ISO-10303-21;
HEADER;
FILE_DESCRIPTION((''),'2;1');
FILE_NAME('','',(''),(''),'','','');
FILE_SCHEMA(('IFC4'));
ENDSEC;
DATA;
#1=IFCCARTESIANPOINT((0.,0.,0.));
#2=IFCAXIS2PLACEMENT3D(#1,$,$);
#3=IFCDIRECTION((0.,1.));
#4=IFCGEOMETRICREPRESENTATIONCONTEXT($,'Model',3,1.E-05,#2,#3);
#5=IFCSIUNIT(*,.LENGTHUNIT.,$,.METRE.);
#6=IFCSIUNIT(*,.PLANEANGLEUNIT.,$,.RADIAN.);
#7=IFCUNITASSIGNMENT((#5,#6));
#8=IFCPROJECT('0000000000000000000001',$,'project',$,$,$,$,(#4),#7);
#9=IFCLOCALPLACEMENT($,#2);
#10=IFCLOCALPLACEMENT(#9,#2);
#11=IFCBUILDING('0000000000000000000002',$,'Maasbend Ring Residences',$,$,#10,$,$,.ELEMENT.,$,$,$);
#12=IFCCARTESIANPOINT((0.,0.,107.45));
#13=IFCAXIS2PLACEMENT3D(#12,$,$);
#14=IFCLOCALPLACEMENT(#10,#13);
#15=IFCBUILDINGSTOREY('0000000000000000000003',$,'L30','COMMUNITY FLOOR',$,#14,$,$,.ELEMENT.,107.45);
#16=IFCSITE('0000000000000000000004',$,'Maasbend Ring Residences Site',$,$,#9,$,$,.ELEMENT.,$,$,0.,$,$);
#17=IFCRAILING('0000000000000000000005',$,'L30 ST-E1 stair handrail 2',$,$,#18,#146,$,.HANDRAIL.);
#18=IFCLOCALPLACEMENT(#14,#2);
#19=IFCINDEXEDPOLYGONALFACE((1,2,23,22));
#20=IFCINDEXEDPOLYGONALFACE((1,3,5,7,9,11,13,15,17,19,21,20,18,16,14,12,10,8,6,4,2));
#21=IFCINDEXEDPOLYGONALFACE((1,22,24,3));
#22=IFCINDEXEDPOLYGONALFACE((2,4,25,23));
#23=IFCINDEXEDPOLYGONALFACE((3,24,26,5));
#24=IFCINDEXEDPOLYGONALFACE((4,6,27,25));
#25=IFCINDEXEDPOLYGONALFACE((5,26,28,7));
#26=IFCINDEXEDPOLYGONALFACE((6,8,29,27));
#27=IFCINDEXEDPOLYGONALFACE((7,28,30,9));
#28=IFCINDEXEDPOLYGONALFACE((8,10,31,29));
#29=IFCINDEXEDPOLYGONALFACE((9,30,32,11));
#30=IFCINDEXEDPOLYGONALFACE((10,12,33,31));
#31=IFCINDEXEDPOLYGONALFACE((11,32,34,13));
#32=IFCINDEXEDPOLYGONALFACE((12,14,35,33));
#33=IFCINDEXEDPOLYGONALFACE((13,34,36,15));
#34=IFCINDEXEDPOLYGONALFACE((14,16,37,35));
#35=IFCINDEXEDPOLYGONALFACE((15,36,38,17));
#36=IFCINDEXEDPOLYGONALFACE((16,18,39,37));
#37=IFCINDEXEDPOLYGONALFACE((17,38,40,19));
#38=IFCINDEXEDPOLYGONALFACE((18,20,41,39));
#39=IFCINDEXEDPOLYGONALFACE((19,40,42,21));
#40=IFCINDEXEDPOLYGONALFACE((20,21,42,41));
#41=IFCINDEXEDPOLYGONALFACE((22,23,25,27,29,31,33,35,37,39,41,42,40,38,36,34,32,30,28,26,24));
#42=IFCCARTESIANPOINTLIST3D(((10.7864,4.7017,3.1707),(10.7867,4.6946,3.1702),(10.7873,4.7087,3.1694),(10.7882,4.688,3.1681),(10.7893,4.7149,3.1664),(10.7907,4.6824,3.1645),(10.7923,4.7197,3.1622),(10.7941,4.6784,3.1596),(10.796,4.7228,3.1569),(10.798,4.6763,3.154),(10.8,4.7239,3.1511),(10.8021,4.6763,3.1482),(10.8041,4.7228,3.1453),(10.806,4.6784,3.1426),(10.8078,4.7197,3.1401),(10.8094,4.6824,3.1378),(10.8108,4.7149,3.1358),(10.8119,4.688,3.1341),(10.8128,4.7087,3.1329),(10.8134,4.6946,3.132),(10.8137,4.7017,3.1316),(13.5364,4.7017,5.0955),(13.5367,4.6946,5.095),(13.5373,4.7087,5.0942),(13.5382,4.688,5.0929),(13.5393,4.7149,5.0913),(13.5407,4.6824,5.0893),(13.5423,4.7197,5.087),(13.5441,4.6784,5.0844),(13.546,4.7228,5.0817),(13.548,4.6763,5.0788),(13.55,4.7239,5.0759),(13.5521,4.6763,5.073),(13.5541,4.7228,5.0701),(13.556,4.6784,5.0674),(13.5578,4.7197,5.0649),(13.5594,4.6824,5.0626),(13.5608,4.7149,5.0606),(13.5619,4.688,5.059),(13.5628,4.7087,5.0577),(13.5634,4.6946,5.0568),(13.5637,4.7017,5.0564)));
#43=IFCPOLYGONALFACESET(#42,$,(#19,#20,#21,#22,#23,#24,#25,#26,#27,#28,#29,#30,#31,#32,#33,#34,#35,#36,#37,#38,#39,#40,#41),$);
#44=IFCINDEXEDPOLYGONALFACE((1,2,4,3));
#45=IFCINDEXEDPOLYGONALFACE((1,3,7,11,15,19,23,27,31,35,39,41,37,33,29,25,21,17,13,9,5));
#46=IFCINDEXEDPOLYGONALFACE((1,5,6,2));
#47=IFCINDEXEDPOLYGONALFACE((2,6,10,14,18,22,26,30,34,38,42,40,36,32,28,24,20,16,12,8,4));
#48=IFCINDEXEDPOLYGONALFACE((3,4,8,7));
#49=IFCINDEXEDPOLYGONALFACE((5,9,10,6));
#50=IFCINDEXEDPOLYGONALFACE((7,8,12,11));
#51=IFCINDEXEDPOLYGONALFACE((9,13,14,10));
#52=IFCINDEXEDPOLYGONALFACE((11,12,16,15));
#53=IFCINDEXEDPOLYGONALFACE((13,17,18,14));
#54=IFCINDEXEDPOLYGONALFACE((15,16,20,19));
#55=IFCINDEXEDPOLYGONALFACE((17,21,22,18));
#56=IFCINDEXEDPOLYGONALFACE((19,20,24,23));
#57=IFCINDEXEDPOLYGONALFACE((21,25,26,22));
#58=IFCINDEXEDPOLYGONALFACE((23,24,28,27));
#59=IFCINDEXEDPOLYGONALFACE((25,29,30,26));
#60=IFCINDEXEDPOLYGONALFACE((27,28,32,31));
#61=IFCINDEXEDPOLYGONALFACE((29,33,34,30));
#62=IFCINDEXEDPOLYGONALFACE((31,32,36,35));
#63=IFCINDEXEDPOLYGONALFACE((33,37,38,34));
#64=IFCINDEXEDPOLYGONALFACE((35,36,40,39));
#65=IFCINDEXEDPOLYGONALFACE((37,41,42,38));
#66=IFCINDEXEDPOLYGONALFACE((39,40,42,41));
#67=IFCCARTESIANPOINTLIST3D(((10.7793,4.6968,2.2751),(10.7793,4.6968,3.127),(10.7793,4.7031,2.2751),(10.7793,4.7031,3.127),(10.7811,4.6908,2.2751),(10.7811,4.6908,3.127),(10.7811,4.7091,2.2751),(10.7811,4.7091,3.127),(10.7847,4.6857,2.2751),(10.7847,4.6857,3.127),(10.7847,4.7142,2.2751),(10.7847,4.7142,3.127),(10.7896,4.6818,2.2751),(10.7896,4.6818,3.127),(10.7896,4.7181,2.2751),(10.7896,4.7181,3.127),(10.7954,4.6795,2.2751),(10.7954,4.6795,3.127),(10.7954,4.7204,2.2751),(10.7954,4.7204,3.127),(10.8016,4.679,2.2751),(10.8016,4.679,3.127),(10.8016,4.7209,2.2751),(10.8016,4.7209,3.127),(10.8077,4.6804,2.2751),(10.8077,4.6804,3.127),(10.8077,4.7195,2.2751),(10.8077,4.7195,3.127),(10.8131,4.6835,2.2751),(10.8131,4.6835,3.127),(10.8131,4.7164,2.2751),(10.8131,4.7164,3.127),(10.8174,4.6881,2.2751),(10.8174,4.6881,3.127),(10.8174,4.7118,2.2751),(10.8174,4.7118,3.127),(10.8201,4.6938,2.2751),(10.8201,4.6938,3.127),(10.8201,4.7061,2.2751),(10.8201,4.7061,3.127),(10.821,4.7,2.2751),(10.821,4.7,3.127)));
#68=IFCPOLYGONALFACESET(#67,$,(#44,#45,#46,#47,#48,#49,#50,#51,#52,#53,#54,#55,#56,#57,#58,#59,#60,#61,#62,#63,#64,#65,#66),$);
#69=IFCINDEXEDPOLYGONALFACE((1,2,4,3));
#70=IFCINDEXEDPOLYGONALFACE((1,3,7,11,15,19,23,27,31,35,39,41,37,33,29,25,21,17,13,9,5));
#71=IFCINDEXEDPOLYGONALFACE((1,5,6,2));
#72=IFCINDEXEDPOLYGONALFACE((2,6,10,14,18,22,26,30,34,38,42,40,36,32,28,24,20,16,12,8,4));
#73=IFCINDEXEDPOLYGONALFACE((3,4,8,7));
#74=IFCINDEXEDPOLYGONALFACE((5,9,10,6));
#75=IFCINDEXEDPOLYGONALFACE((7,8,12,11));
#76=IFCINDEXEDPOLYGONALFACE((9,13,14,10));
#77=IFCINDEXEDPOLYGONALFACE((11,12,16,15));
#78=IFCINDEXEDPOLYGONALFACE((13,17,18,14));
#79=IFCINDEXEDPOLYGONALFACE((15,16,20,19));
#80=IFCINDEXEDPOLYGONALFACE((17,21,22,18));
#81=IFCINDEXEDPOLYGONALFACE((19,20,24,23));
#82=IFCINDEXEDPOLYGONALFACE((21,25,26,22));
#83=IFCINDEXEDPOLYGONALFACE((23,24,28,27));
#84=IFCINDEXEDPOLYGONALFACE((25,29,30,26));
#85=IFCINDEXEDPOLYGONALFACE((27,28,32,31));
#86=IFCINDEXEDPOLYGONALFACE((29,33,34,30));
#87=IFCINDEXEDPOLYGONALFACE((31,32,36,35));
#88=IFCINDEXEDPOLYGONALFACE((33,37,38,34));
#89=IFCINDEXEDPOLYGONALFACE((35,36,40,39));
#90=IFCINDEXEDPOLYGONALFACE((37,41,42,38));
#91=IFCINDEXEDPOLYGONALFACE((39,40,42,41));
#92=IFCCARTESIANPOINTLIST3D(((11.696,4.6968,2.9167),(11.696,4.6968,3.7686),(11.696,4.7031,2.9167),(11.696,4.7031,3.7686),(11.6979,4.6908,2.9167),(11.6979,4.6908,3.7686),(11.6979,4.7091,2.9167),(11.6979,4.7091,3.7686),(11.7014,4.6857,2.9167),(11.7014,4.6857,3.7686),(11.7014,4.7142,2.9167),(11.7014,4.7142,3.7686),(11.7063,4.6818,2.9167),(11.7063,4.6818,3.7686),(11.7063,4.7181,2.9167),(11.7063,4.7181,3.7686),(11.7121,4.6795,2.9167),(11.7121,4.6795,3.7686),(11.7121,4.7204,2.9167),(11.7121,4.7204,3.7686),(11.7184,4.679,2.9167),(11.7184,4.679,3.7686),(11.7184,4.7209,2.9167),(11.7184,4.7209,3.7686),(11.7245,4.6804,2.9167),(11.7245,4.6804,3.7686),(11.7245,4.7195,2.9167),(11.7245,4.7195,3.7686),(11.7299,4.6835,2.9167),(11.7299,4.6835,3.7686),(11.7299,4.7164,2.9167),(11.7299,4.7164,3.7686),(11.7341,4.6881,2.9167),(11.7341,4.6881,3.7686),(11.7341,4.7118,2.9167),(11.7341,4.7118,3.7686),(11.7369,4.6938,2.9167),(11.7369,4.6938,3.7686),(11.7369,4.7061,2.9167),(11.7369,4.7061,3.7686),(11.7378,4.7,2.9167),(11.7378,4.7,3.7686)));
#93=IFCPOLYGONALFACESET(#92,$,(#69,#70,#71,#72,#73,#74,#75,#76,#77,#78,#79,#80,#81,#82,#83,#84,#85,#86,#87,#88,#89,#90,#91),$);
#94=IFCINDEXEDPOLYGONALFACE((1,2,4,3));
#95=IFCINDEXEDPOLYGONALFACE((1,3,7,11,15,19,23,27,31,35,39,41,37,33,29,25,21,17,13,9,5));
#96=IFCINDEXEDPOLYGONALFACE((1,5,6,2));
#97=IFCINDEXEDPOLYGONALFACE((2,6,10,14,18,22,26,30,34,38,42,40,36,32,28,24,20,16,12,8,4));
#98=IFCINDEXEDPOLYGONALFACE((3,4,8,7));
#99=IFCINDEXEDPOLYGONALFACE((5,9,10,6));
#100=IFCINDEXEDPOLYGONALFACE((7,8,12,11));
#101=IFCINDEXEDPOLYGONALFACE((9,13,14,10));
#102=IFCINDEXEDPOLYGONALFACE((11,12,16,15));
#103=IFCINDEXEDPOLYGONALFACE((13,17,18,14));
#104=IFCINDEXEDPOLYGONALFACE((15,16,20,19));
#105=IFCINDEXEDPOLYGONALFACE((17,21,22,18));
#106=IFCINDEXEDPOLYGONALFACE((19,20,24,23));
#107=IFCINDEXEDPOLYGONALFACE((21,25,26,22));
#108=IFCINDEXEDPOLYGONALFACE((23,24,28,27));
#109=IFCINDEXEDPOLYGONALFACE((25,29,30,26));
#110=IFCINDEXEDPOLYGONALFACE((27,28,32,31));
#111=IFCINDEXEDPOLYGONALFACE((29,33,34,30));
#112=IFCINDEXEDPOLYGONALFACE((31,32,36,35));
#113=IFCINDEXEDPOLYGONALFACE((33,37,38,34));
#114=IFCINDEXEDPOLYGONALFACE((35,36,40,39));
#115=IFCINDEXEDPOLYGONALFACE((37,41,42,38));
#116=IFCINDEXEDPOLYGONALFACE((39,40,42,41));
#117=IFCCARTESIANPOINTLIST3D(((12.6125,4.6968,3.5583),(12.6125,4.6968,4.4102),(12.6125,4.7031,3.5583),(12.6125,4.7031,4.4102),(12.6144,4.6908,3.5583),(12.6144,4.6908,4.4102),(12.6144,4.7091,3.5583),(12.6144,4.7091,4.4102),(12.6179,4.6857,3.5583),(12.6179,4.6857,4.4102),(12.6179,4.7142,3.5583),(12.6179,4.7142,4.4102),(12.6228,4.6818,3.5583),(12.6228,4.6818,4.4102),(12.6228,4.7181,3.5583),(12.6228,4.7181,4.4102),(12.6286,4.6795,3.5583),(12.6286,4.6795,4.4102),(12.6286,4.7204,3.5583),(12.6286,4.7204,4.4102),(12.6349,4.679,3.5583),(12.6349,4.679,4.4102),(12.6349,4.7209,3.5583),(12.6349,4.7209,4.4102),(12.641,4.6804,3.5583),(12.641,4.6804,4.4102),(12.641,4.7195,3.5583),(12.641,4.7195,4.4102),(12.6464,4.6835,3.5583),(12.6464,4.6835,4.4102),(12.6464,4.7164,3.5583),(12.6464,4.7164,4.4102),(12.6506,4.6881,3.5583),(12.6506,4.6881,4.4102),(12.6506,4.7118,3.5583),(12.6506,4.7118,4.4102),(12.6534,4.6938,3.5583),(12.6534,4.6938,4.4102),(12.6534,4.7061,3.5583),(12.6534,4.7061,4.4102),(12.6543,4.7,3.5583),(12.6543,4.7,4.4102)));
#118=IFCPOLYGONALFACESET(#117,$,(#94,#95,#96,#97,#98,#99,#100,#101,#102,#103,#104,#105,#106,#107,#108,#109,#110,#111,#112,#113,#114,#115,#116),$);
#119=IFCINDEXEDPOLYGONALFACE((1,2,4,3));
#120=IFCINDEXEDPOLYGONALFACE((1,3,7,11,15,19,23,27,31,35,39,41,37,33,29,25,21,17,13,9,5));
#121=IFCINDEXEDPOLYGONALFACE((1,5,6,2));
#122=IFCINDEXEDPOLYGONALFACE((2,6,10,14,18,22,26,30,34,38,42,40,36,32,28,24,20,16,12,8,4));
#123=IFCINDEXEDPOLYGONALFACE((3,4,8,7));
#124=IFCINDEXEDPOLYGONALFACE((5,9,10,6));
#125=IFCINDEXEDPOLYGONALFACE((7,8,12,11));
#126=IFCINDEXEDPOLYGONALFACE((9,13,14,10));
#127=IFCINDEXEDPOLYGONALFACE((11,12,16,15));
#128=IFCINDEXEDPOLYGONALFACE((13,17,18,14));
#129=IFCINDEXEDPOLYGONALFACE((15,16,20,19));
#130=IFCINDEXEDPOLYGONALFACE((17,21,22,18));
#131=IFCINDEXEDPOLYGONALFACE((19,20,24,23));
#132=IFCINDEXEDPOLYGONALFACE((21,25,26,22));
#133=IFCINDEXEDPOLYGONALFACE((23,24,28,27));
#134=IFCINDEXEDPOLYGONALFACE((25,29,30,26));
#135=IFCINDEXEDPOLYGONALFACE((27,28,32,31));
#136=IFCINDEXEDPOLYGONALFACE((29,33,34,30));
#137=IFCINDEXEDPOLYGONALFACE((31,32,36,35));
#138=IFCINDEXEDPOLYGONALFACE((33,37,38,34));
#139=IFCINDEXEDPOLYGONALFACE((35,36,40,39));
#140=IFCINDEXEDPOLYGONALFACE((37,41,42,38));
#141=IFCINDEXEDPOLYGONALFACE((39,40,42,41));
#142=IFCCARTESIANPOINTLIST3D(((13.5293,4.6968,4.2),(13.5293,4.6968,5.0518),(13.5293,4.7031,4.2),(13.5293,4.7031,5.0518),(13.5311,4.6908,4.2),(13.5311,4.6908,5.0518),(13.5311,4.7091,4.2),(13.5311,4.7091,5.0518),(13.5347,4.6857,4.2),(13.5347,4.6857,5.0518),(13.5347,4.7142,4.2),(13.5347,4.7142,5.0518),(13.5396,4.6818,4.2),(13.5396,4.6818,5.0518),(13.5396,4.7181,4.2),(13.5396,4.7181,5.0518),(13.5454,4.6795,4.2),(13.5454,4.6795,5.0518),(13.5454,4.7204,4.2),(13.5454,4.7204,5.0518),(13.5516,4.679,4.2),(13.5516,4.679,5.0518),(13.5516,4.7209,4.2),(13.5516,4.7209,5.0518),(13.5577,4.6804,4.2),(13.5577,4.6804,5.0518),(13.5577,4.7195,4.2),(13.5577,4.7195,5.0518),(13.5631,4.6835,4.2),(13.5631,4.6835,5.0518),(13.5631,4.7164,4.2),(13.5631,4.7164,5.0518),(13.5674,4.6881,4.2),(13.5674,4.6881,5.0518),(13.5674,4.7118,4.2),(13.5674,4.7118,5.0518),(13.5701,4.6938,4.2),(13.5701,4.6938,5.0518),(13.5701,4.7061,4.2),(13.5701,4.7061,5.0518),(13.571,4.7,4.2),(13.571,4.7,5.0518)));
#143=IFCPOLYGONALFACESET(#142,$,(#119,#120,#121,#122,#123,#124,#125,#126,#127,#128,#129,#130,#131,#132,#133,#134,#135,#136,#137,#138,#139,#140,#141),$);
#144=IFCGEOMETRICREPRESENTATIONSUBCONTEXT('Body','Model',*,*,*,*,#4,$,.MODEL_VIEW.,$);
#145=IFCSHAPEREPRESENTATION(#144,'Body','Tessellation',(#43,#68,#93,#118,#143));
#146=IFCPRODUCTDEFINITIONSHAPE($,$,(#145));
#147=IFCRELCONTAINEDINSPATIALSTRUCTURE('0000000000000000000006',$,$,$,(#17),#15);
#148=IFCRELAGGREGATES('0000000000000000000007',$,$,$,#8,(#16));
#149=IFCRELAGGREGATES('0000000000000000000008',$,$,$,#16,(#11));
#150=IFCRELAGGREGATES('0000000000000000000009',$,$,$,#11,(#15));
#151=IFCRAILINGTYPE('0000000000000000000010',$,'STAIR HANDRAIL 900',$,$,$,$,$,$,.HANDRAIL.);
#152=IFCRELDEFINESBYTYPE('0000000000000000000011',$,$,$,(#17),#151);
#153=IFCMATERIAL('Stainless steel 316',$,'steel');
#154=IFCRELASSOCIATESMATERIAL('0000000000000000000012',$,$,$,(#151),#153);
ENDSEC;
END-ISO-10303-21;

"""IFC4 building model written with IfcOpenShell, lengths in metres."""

from ifc_helpers import new_model, si_unit, direction, frame, origin, origin_2d, place, context, subcontext, project, spatial, circle, extrude, material, type_object, element, save


model = new_model("IFC4")

# Units and contexts
model_context = context("Model", 3, precision=1e-05, world=origin(), true_north=direction((0.0, 1.0)))
body_context = subcontext(model_context, "Body", "Model", "MODEL_VIEW")
ifc_project = project(units=[si_unit("LENGTHUNIT", "METRE"), si_unit("PLANEANGLEUNIT", "RADIAN")], contexts=[model_context])

# Site, building, storey
site_placement = place(None, origin())
site = spatial("IfcSite", under=ifc_project, at=site_placement, Name="Maasbend Ring Residences Site", CompositionType="ELEMENT", RefElevation=0.0)
building_placement = place(site_placement, origin())
building = spatial("IfcBuilding", under=site, at=building_placement, Name="Maasbend Ring Residences", CompositionType="ELEMENT")
storey_placement = place(building_placement, frame((0.0, 0.0, 107.45)))
storey = spatial("IfcBuildingStorey", under=building, at=storey_placement, Name="L30", Description="COMMUNITY FLOOR", CompositionType="ELEMENT", Elevation=107.45)

# Railing
ifc_material_1 = material(Name="Stainless steel 316", Category="steel")
railing_type_1 = type_object("IfcRailingType", Name="STAIR HANDRAIL 900", PredefinedType="HANDRAIL", material=ifc_material_1)
railing_1_placement = place(storey_placement, frame((10.8, 4.7, 2.2751)))
element("IfcRailing", 1, at=railing_1_placement, inside=storey, type_object=railing_type_1, Name="L30 ST-E1 stair handrail 2", PredefinedType="HANDRAIL", context=body_context, shape_type="SweptSolid", body=[
    extrude(circle(Radius=0.0239, at=origin_2d()), frame((0.0, 0.0, 0.876), z_axis=(0.819259, 0.0, 0.573423), x_axis=(0.0, 1.0, 0.0)), (0.0, 0.0, 1.0), 3.3567),
    extrude(circle(Radius=0.021, at=origin_2d()), origin(), (0.0, 0.0, 1.0), 0.8518),
    extrude(circle(Radius=0.021, at=origin_2d()), frame((0.9167, 0.0, 0.6416)), (0.0, 0.0, 1.0), 0.8518),
    extrude(circle(Radius=0.021, at=origin_2d()), frame((1.8333, 0.0, 1.2832)), (0.0, 0.0, 1.0), 0.8518),
    extrude(circle(Radius=0.021, at=origin_2d()), frame((2.75, 0.0, 1.9248)), (0.0, 0.0, 1.0), 0.8518),
])

save(model, "model.ifc")
